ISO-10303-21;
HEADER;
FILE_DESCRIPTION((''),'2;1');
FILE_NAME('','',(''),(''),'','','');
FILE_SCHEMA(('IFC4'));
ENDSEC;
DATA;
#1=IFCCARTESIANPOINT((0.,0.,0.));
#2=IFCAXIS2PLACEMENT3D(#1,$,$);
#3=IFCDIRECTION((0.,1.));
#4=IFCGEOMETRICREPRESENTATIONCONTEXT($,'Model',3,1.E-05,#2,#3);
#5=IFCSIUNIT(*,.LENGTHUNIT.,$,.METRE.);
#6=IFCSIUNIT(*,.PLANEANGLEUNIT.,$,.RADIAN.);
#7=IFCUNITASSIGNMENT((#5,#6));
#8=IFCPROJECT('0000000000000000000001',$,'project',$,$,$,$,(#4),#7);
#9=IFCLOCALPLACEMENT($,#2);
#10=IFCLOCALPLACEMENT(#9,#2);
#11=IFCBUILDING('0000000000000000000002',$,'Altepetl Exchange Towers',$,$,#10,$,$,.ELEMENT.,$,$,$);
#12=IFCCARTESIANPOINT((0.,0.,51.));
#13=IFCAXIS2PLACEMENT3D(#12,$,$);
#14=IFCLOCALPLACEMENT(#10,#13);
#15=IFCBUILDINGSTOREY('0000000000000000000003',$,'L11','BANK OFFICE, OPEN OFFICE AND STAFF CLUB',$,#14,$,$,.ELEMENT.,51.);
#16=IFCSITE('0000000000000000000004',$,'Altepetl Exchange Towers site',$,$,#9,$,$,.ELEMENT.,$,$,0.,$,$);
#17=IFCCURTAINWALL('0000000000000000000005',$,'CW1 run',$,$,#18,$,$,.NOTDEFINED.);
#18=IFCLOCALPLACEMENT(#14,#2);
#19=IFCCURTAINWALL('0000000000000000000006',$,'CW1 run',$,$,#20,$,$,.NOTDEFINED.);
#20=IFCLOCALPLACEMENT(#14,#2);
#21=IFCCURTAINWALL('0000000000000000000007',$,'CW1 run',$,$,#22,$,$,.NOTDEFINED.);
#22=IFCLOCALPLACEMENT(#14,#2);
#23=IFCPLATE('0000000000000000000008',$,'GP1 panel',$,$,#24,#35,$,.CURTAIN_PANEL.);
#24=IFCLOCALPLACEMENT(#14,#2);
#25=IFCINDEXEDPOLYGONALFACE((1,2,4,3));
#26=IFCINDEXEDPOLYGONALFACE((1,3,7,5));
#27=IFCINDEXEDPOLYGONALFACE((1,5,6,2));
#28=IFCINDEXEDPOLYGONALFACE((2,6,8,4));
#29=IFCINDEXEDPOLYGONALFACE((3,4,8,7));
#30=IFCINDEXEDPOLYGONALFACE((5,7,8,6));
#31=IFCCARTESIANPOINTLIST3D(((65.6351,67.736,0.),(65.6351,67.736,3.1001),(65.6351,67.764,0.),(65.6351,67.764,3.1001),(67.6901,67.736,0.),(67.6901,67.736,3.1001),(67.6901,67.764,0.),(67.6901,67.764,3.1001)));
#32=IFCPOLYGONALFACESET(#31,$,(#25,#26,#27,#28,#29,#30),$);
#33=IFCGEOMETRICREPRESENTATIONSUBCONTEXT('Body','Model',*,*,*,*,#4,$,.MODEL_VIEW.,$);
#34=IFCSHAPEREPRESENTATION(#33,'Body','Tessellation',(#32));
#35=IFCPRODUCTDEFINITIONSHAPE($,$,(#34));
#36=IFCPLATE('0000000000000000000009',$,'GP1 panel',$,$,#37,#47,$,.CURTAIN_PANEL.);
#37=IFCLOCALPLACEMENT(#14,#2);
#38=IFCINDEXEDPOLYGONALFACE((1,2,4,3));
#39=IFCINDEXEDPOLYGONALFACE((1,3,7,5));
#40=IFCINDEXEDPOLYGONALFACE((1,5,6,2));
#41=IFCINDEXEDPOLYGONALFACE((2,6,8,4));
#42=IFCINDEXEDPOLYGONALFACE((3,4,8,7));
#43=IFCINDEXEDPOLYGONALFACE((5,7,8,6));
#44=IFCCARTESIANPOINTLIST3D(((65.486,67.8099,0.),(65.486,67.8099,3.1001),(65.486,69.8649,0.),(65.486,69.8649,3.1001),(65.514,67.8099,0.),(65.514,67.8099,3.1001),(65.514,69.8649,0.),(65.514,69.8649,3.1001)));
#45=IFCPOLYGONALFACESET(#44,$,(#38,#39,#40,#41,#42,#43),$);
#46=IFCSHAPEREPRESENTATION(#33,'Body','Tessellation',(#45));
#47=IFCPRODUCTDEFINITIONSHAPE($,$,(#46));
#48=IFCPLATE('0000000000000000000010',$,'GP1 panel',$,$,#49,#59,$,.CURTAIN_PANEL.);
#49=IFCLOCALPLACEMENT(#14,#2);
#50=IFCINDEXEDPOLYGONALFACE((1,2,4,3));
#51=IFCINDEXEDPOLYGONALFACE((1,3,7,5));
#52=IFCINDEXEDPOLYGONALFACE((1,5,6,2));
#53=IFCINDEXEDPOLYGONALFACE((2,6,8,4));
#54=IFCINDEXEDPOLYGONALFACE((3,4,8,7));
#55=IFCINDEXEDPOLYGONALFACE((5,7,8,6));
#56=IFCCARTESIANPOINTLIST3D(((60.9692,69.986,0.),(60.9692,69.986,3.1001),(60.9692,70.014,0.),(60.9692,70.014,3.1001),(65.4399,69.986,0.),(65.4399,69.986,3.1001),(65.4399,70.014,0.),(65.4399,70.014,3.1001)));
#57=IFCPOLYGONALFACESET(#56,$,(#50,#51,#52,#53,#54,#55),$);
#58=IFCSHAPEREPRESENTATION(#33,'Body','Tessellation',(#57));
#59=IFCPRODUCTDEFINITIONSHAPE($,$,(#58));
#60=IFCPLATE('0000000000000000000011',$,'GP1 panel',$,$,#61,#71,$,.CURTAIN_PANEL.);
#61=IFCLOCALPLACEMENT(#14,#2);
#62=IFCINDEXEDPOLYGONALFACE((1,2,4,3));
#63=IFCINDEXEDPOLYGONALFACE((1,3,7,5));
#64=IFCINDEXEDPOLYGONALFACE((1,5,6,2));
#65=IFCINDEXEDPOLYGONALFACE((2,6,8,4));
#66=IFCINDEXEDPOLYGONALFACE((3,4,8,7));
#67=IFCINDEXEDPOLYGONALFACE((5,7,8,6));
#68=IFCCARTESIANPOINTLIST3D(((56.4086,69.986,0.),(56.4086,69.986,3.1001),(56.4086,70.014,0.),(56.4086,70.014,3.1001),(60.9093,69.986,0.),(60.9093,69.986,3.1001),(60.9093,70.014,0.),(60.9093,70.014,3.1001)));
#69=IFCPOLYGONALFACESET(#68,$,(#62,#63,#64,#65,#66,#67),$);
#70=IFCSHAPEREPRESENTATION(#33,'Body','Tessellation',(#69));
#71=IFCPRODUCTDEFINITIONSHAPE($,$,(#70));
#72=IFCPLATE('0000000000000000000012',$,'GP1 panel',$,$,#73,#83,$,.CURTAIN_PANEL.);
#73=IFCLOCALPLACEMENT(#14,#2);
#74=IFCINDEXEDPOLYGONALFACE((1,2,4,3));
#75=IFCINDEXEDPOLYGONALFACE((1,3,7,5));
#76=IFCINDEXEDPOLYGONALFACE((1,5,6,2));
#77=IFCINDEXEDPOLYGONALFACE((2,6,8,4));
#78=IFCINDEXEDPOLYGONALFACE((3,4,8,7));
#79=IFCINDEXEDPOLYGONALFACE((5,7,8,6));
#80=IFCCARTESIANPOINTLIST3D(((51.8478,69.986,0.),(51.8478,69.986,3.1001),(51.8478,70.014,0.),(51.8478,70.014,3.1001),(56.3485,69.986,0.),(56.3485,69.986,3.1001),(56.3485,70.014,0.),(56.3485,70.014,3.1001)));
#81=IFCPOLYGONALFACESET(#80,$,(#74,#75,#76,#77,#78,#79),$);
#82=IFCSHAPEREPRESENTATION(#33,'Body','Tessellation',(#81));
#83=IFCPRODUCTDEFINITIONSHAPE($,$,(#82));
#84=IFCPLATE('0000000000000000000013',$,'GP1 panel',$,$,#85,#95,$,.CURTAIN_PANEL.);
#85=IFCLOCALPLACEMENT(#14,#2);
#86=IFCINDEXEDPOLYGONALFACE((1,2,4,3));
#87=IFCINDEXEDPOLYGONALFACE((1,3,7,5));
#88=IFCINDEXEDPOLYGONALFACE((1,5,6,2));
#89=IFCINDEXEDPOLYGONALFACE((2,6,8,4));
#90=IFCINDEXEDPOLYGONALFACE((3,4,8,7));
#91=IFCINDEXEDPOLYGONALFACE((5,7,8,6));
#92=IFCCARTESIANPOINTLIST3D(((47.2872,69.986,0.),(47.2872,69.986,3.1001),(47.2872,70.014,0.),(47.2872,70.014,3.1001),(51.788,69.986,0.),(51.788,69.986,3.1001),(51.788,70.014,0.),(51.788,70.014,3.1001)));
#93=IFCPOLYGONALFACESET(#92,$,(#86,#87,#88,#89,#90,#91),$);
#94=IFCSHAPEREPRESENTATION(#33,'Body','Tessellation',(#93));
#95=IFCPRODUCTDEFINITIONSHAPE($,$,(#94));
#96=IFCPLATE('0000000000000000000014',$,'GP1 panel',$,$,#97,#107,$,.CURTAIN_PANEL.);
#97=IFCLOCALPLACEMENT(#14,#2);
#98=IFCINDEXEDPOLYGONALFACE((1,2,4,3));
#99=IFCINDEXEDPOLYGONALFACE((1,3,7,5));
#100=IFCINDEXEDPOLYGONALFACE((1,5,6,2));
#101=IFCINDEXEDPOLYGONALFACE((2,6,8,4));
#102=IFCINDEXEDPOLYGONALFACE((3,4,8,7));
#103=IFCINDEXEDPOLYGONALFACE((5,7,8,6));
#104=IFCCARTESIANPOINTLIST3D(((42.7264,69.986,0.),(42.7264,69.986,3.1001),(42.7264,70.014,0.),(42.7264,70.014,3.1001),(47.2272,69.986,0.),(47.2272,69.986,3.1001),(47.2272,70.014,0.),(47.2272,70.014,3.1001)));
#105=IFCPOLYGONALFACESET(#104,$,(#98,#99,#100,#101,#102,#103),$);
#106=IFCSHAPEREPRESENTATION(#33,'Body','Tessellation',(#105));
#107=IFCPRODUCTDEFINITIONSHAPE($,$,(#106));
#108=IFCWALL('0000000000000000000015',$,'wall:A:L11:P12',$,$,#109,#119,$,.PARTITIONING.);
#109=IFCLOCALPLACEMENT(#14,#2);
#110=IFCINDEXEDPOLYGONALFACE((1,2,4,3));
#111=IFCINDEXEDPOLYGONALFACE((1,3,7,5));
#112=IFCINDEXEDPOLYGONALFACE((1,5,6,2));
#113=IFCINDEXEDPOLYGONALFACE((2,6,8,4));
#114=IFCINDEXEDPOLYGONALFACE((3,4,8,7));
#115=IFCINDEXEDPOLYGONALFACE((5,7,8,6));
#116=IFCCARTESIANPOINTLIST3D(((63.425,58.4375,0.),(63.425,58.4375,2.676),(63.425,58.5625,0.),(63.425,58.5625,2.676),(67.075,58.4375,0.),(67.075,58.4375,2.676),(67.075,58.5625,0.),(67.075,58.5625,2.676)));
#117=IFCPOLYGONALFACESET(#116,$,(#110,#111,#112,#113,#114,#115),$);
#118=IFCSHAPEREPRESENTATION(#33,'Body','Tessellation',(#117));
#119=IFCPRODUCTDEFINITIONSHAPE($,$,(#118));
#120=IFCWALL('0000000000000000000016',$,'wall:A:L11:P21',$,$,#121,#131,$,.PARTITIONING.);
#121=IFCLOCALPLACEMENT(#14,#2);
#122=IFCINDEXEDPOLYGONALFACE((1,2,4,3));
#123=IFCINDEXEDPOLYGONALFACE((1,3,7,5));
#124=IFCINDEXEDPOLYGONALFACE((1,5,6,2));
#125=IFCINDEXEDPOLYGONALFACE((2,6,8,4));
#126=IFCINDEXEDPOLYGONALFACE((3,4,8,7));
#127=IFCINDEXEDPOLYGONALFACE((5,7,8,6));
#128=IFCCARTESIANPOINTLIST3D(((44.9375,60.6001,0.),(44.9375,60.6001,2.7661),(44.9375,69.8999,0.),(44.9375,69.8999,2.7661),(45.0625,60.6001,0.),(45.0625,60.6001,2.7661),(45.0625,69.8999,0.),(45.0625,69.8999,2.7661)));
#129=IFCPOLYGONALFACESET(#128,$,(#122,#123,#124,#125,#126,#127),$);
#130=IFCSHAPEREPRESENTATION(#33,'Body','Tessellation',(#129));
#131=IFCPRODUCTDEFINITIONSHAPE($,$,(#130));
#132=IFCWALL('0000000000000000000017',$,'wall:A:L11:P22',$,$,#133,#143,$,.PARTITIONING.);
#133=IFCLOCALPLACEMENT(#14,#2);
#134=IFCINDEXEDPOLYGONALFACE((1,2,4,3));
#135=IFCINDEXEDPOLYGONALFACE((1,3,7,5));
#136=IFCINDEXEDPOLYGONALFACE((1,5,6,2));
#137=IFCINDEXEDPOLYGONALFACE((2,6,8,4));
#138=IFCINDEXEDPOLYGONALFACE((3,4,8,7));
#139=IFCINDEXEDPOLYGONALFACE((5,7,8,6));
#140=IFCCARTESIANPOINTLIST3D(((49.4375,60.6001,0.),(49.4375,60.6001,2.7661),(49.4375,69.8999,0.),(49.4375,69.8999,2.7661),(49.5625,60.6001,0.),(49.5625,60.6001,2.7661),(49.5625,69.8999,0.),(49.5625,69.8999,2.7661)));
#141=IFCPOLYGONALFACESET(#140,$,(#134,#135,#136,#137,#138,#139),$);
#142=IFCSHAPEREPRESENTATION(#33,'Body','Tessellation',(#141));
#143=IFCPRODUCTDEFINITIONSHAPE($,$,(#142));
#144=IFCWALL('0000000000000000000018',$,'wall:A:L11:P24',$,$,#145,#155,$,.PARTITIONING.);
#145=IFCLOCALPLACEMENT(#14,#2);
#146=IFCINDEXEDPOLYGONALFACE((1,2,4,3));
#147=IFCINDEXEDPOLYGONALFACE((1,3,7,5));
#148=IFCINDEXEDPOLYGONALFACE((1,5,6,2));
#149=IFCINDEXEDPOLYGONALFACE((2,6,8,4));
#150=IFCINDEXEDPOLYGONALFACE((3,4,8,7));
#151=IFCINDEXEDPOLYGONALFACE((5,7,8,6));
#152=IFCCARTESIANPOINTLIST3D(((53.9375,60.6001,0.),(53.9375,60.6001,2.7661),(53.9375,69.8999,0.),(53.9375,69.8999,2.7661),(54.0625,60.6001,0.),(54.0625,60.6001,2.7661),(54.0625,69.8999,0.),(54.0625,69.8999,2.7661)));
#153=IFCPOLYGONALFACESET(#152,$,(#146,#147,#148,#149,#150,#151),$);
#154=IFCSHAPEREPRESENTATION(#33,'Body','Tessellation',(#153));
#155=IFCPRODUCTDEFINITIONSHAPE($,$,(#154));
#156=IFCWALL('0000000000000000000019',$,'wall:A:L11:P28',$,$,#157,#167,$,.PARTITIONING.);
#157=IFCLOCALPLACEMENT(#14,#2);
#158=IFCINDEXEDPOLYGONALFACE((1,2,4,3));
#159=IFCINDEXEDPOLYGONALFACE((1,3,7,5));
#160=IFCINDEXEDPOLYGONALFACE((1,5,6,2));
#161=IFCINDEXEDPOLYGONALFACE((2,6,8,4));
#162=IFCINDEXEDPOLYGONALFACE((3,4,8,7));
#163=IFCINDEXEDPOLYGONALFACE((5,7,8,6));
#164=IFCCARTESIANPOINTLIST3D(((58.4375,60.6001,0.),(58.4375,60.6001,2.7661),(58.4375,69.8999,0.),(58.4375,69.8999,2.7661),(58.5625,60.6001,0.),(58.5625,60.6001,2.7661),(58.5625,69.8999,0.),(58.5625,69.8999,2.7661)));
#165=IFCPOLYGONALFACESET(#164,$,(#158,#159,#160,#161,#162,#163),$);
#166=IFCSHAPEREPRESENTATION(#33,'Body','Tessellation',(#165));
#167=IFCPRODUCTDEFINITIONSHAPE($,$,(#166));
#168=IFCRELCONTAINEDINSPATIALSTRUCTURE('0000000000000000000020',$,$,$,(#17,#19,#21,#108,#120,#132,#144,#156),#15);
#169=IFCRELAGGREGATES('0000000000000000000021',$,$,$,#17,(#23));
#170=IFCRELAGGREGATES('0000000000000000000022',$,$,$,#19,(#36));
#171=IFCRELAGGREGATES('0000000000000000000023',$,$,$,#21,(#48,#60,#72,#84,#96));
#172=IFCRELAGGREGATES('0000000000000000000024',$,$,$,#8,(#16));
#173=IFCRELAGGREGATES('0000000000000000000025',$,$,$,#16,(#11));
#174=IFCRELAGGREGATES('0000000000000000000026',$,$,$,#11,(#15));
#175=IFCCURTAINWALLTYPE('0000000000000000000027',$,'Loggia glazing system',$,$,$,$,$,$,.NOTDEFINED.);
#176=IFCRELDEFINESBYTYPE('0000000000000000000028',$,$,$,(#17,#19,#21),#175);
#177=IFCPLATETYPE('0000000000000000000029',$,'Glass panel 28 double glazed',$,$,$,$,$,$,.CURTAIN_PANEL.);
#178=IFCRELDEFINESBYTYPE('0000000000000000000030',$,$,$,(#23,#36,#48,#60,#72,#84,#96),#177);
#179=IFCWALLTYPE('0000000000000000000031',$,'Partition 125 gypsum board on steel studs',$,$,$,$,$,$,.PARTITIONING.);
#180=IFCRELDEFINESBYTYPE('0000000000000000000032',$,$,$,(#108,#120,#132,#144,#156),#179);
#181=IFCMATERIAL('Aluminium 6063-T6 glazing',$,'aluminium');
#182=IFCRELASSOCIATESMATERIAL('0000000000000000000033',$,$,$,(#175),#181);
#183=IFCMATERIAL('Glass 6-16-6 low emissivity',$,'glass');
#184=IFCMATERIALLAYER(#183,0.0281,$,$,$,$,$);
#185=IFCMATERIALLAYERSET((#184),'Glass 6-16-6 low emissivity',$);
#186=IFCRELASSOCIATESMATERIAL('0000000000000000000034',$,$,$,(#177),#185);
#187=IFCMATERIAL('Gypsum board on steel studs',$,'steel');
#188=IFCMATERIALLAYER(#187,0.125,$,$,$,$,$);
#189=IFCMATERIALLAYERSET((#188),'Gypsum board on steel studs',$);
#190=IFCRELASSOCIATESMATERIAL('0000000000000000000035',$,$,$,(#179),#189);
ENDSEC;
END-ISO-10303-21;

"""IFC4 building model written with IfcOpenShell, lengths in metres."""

from ifc_helpers import new_model, si_unit, direction, frame, frame_2d, origin, origin_2d, place, context, subcontext, project, spatial, rectangle, extrude, material, layer, layer_set, type_object, element, aggregate, save


model = new_model("IFC4")

# Units and contexts
model_context = context("Model", 3, precision=1e-05, world=origin(), true_north=direction((0.0, 1.0)))
body_context = subcontext(model_context, "Body", "Model", "MODEL_VIEW")
ifc_project = project(units=[si_unit("LENGTHUNIT", "METRE"), si_unit("PLANEANGLEUNIT", "RADIAN")], contexts=[model_context])

# Site, building, storey
site_placement = place(None, origin())
site = spatial("IfcSite", under=ifc_project, at=site_placement, Name="Altepetl Exchange Towers site", CompositionType="ELEMENT", RefElevation=0.0)
building_placement = place(site_placement, origin())
building = spatial("IfcBuilding", under=site, at=building_placement, Name="Altepetl Exchange Towers", CompositionType="ELEMENT")
storey_placement = place(building_placement, frame((0.0, 0.0, 51.0)))
storey = spatial("IfcBuildingStorey", under=building, at=storey_placement, Name="L11", Description="BANK OFFICE, OPEN OFFICE AND STAFF CLUB", CompositionType="ELEMENT", Elevation=51.0)

# Curtain wall
ifc_material_1 = material(Name="Aluminium 6063-T6 glazing", Category="aluminium")
curtain_wall_type = type_object("IfcCurtainWallType", Name="Loggia glazing system", PredefinedType="NOTDEFINED", material=ifc_material_1)
curtain_wall_1_placement = place(storey_placement, origin())
curtain_wall_1 = element("IfcCurtainWall", 1, at=curtain_wall_1_placement, inside=storey, type_object=curtain_wall_type, Name="CW1 run", PredefinedType="NOTDEFINED")

# Curtain walls
curtain_wall_2_placement = place(storey_placement, origin())
curtain_wall_2 = element("IfcCurtainWall", 2, at=curtain_wall_2_placement, inside=storey, type_object=curtain_wall_type, Name="CW1 run", PredefinedType="NOTDEFINED")
curtain_wall_3_placement = place(storey_placement, origin())
curtain_wall_3 = element("IfcCurtainWall", 3, at=curtain_wall_3_placement, inside=storey, type_object=curtain_wall_type, Name="CW1 run", PredefinedType="NOTDEFINED")

# Plates
ifc_material_2 = material(Name="Glass 6-16-6 low emissivity", Category="glass")
ifc_layer_1 = layer(ifc_material_2, 0.0281)
ifc_layer_set_1 = layer_set([ifc_layer_1], Name="Glass 6-16-6 low emissivity")
plate_type = type_object("IfcPlateType", Name="Glass panel 28 double glazed", PredefinedType="CURTAIN_PANEL", material=ifc_layer_set_1)
plate_1_placement = place(storey_placement, frame((66.6626, 67.75, 0.0), z_axis=(0.0, 0.0, 1.0), x_axis=(-1.0, 0.0, 0.0)))
plate_1 = element("IfcPlate", 4, at=plate_1_placement, type_object=plate_type, Name="GP1 panel", PredefinedType="CURTAIN_PANEL", context=body_context, shape_type="SweptSolid", body=[
    extrude(rectangle(XDim=2.0549, YDim=0.0281, at=origin_2d()), origin(), (0.0, 0.0, 1.0), 3.1001),
])
aggregate(curtain_wall_1, [plate_1])
plate_2_placement = place(storey_placement, frame((65.5, 68.8374, 0.0), z_axis=(0.0, 0.0, 1.0), x_axis=(0.0, 1.0, 0.0)))
plate_2 = element("IfcPlate", 5, at=plate_2_placement, type_object=plate_type, Name="GP1 panel", PredefinedType="CURTAIN_PANEL", context=body_context, shape_type="SweptSolid", body=[
    extrude(rectangle(XDim=2.0549, YDim=0.0281, at=origin_2d()), origin(), (0.0, 0.0, 1.0), 3.1001),
])
aggregate(curtain_wall_2, [plate_2])
plate_3_placement = place(storey_placement, frame((63.2046, 70.0, 0.0), z_axis=(0.0, 0.0, 1.0), x_axis=(-1.0, 0.0, 0.0)))
plate_3 = element("IfcPlate", 6, at=plate_3_placement, type_object=plate_type, Name="GP1 panel", PredefinedType="CURTAIN_PANEL", context=body_context, shape_type="SweptSolid", body=[
    extrude(rectangle(XDim=4.4707, YDim=0.0281, at=origin_2d()), origin(), (0.0, 0.0, 1.0), 3.1001),
])
plate_4_placement = place(storey_placement, frame((58.6589, 70.0, 0.0), z_axis=(0.0, 0.0, 1.0), x_axis=(-1.0, 0.0, 0.0)))
plate_4 = element("IfcPlate", 7, at=plate_4_placement, type_object=plate_type, Name="GP1 panel", PredefinedType="CURTAIN_PANEL", context=body_context, shape_type="SweptSolid", body=[
    extrude(rectangle(XDim=4.5007, YDim=0.0281, at=origin_2d()), origin(), (0.0, 0.0, 1.0), 3.1001),
])
plate_5_placement = place(storey_placement, frame((54.0981, 70.0, 0.0), z_axis=(0.0, 0.0, 1.0), x_axis=(-1.0, 0.0, 0.0)))
plate_5 = element("IfcPlate", 8, at=plate_5_placement, type_object=plate_type, Name="GP1 panel", PredefinedType="CURTAIN_PANEL", context=body_context, shape_type="SweptSolid", body=[
    extrude(rectangle(XDim=4.5007, YDim=0.0281, at=origin_2d()), origin(), (0.0, 0.0, 1.0), 3.1001),
])
plate_6_placement = place(storey_placement, frame((49.5376, 70.0, 0.0), z_axis=(0.0, 0.0, 1.0), x_axis=(-1.0, 0.0, 0.0)))
plate_6 = element("IfcPlate", 9, at=plate_6_placement, type_object=plate_type, Name="GP1 panel", PredefinedType="CURTAIN_PANEL", context=body_context, shape_type="SweptSolid", body=[
    extrude(rectangle(XDim=4.5007, YDim=0.0281, at=origin_2d()), origin(), (0.0, 0.0, 1.0), 3.1001),
])
plate_7_placement = place(storey_placement, frame((44.9768, 70.0, 0.0), z_axis=(0.0, 0.0, 1.0), x_axis=(-1.0, 0.0, 0.0)))
plate_7 = element("IfcPlate", 10, at=plate_7_placement, type_object=plate_type, Name="GP1 panel", PredefinedType="CURTAIN_PANEL", context=body_context, shape_type="SweptSolid", body=[
    extrude(rectangle(XDim=4.5007, YDim=0.0281, at=origin_2d()), origin(), (0.0, 0.0, 1.0), 3.1001),
])
aggregate(curtain_wall_3, [plate_3, plate_4, plate_5, plate_6, plate_7])

# Walls
ifc_material_3 = material(Name="Gypsum board on steel studs", Category="steel")
ifc_layer_2 = layer(ifc_material_3, 0.125)
ifc_layer_set_2 = layer_set([ifc_layer_2], Name="Gypsum board on steel studs")
wall_type = type_object("IfcWallType", Name="Partition 125 gypsum board on steel studs", PredefinedType="PARTITIONING", material=ifc_layer_set_2)
wall_placement = place(storey_placement, frame((63.425, 58.5, 0.0)))
element("IfcWall", 11, at=wall_placement, inside=storey, type_object=wall_type, Name="wall:A:L11:P12", PredefinedType="PARTITIONING", context=body_context, shape_type="SweptSolid", body=[
    extrude(rectangle(XDim=3.6499, YDim=0.125, at=frame_2d((1.825, 0.0))), origin(), (0.0, 0.0, 1.0), 2.676),
])
for number, where, z_axis, x_axis, name in (
    (12, (45.0, 60.6001, 0.0), (0.0, 0.0, 1.0), (0.0, 1.0, 0.0), "wall:A:L11:P21"),
    (13, (49.5, 60.6001, 0.0), (0.0, 0.0, 1.0), (0.0, 1.0, 0.0), "wall:A:L11:P22"),
    (14, (54.0, 60.6001, 0.0), (0.0, 0.0, 1.0), (0.0, 1.0, 0.0), "wall:A:L11:P24"),
    (15, (58.5, 60.6001, 0.0), (0.0, 0.0, 1.0), (0.0, 1.0, 0.0), "wall:A:L11:P28"),
):
    element("IfcWall", number, at=place(storey_placement, frame(where, z_axis=z_axis, x_axis=x_axis)), inside=storey, type_object=wall_type, Name=name, PredefinedType="PARTITIONING", context=body_context, shape_type="SweptSolid", body=[
        extrude(rectangle(XDim=9.2998, YDim=0.125, at=frame_2d((4.6499, 0.0))), origin(), (0.0, 0.0, 1.0), 2.7661),
    ])

save(model, "model.ifc")
